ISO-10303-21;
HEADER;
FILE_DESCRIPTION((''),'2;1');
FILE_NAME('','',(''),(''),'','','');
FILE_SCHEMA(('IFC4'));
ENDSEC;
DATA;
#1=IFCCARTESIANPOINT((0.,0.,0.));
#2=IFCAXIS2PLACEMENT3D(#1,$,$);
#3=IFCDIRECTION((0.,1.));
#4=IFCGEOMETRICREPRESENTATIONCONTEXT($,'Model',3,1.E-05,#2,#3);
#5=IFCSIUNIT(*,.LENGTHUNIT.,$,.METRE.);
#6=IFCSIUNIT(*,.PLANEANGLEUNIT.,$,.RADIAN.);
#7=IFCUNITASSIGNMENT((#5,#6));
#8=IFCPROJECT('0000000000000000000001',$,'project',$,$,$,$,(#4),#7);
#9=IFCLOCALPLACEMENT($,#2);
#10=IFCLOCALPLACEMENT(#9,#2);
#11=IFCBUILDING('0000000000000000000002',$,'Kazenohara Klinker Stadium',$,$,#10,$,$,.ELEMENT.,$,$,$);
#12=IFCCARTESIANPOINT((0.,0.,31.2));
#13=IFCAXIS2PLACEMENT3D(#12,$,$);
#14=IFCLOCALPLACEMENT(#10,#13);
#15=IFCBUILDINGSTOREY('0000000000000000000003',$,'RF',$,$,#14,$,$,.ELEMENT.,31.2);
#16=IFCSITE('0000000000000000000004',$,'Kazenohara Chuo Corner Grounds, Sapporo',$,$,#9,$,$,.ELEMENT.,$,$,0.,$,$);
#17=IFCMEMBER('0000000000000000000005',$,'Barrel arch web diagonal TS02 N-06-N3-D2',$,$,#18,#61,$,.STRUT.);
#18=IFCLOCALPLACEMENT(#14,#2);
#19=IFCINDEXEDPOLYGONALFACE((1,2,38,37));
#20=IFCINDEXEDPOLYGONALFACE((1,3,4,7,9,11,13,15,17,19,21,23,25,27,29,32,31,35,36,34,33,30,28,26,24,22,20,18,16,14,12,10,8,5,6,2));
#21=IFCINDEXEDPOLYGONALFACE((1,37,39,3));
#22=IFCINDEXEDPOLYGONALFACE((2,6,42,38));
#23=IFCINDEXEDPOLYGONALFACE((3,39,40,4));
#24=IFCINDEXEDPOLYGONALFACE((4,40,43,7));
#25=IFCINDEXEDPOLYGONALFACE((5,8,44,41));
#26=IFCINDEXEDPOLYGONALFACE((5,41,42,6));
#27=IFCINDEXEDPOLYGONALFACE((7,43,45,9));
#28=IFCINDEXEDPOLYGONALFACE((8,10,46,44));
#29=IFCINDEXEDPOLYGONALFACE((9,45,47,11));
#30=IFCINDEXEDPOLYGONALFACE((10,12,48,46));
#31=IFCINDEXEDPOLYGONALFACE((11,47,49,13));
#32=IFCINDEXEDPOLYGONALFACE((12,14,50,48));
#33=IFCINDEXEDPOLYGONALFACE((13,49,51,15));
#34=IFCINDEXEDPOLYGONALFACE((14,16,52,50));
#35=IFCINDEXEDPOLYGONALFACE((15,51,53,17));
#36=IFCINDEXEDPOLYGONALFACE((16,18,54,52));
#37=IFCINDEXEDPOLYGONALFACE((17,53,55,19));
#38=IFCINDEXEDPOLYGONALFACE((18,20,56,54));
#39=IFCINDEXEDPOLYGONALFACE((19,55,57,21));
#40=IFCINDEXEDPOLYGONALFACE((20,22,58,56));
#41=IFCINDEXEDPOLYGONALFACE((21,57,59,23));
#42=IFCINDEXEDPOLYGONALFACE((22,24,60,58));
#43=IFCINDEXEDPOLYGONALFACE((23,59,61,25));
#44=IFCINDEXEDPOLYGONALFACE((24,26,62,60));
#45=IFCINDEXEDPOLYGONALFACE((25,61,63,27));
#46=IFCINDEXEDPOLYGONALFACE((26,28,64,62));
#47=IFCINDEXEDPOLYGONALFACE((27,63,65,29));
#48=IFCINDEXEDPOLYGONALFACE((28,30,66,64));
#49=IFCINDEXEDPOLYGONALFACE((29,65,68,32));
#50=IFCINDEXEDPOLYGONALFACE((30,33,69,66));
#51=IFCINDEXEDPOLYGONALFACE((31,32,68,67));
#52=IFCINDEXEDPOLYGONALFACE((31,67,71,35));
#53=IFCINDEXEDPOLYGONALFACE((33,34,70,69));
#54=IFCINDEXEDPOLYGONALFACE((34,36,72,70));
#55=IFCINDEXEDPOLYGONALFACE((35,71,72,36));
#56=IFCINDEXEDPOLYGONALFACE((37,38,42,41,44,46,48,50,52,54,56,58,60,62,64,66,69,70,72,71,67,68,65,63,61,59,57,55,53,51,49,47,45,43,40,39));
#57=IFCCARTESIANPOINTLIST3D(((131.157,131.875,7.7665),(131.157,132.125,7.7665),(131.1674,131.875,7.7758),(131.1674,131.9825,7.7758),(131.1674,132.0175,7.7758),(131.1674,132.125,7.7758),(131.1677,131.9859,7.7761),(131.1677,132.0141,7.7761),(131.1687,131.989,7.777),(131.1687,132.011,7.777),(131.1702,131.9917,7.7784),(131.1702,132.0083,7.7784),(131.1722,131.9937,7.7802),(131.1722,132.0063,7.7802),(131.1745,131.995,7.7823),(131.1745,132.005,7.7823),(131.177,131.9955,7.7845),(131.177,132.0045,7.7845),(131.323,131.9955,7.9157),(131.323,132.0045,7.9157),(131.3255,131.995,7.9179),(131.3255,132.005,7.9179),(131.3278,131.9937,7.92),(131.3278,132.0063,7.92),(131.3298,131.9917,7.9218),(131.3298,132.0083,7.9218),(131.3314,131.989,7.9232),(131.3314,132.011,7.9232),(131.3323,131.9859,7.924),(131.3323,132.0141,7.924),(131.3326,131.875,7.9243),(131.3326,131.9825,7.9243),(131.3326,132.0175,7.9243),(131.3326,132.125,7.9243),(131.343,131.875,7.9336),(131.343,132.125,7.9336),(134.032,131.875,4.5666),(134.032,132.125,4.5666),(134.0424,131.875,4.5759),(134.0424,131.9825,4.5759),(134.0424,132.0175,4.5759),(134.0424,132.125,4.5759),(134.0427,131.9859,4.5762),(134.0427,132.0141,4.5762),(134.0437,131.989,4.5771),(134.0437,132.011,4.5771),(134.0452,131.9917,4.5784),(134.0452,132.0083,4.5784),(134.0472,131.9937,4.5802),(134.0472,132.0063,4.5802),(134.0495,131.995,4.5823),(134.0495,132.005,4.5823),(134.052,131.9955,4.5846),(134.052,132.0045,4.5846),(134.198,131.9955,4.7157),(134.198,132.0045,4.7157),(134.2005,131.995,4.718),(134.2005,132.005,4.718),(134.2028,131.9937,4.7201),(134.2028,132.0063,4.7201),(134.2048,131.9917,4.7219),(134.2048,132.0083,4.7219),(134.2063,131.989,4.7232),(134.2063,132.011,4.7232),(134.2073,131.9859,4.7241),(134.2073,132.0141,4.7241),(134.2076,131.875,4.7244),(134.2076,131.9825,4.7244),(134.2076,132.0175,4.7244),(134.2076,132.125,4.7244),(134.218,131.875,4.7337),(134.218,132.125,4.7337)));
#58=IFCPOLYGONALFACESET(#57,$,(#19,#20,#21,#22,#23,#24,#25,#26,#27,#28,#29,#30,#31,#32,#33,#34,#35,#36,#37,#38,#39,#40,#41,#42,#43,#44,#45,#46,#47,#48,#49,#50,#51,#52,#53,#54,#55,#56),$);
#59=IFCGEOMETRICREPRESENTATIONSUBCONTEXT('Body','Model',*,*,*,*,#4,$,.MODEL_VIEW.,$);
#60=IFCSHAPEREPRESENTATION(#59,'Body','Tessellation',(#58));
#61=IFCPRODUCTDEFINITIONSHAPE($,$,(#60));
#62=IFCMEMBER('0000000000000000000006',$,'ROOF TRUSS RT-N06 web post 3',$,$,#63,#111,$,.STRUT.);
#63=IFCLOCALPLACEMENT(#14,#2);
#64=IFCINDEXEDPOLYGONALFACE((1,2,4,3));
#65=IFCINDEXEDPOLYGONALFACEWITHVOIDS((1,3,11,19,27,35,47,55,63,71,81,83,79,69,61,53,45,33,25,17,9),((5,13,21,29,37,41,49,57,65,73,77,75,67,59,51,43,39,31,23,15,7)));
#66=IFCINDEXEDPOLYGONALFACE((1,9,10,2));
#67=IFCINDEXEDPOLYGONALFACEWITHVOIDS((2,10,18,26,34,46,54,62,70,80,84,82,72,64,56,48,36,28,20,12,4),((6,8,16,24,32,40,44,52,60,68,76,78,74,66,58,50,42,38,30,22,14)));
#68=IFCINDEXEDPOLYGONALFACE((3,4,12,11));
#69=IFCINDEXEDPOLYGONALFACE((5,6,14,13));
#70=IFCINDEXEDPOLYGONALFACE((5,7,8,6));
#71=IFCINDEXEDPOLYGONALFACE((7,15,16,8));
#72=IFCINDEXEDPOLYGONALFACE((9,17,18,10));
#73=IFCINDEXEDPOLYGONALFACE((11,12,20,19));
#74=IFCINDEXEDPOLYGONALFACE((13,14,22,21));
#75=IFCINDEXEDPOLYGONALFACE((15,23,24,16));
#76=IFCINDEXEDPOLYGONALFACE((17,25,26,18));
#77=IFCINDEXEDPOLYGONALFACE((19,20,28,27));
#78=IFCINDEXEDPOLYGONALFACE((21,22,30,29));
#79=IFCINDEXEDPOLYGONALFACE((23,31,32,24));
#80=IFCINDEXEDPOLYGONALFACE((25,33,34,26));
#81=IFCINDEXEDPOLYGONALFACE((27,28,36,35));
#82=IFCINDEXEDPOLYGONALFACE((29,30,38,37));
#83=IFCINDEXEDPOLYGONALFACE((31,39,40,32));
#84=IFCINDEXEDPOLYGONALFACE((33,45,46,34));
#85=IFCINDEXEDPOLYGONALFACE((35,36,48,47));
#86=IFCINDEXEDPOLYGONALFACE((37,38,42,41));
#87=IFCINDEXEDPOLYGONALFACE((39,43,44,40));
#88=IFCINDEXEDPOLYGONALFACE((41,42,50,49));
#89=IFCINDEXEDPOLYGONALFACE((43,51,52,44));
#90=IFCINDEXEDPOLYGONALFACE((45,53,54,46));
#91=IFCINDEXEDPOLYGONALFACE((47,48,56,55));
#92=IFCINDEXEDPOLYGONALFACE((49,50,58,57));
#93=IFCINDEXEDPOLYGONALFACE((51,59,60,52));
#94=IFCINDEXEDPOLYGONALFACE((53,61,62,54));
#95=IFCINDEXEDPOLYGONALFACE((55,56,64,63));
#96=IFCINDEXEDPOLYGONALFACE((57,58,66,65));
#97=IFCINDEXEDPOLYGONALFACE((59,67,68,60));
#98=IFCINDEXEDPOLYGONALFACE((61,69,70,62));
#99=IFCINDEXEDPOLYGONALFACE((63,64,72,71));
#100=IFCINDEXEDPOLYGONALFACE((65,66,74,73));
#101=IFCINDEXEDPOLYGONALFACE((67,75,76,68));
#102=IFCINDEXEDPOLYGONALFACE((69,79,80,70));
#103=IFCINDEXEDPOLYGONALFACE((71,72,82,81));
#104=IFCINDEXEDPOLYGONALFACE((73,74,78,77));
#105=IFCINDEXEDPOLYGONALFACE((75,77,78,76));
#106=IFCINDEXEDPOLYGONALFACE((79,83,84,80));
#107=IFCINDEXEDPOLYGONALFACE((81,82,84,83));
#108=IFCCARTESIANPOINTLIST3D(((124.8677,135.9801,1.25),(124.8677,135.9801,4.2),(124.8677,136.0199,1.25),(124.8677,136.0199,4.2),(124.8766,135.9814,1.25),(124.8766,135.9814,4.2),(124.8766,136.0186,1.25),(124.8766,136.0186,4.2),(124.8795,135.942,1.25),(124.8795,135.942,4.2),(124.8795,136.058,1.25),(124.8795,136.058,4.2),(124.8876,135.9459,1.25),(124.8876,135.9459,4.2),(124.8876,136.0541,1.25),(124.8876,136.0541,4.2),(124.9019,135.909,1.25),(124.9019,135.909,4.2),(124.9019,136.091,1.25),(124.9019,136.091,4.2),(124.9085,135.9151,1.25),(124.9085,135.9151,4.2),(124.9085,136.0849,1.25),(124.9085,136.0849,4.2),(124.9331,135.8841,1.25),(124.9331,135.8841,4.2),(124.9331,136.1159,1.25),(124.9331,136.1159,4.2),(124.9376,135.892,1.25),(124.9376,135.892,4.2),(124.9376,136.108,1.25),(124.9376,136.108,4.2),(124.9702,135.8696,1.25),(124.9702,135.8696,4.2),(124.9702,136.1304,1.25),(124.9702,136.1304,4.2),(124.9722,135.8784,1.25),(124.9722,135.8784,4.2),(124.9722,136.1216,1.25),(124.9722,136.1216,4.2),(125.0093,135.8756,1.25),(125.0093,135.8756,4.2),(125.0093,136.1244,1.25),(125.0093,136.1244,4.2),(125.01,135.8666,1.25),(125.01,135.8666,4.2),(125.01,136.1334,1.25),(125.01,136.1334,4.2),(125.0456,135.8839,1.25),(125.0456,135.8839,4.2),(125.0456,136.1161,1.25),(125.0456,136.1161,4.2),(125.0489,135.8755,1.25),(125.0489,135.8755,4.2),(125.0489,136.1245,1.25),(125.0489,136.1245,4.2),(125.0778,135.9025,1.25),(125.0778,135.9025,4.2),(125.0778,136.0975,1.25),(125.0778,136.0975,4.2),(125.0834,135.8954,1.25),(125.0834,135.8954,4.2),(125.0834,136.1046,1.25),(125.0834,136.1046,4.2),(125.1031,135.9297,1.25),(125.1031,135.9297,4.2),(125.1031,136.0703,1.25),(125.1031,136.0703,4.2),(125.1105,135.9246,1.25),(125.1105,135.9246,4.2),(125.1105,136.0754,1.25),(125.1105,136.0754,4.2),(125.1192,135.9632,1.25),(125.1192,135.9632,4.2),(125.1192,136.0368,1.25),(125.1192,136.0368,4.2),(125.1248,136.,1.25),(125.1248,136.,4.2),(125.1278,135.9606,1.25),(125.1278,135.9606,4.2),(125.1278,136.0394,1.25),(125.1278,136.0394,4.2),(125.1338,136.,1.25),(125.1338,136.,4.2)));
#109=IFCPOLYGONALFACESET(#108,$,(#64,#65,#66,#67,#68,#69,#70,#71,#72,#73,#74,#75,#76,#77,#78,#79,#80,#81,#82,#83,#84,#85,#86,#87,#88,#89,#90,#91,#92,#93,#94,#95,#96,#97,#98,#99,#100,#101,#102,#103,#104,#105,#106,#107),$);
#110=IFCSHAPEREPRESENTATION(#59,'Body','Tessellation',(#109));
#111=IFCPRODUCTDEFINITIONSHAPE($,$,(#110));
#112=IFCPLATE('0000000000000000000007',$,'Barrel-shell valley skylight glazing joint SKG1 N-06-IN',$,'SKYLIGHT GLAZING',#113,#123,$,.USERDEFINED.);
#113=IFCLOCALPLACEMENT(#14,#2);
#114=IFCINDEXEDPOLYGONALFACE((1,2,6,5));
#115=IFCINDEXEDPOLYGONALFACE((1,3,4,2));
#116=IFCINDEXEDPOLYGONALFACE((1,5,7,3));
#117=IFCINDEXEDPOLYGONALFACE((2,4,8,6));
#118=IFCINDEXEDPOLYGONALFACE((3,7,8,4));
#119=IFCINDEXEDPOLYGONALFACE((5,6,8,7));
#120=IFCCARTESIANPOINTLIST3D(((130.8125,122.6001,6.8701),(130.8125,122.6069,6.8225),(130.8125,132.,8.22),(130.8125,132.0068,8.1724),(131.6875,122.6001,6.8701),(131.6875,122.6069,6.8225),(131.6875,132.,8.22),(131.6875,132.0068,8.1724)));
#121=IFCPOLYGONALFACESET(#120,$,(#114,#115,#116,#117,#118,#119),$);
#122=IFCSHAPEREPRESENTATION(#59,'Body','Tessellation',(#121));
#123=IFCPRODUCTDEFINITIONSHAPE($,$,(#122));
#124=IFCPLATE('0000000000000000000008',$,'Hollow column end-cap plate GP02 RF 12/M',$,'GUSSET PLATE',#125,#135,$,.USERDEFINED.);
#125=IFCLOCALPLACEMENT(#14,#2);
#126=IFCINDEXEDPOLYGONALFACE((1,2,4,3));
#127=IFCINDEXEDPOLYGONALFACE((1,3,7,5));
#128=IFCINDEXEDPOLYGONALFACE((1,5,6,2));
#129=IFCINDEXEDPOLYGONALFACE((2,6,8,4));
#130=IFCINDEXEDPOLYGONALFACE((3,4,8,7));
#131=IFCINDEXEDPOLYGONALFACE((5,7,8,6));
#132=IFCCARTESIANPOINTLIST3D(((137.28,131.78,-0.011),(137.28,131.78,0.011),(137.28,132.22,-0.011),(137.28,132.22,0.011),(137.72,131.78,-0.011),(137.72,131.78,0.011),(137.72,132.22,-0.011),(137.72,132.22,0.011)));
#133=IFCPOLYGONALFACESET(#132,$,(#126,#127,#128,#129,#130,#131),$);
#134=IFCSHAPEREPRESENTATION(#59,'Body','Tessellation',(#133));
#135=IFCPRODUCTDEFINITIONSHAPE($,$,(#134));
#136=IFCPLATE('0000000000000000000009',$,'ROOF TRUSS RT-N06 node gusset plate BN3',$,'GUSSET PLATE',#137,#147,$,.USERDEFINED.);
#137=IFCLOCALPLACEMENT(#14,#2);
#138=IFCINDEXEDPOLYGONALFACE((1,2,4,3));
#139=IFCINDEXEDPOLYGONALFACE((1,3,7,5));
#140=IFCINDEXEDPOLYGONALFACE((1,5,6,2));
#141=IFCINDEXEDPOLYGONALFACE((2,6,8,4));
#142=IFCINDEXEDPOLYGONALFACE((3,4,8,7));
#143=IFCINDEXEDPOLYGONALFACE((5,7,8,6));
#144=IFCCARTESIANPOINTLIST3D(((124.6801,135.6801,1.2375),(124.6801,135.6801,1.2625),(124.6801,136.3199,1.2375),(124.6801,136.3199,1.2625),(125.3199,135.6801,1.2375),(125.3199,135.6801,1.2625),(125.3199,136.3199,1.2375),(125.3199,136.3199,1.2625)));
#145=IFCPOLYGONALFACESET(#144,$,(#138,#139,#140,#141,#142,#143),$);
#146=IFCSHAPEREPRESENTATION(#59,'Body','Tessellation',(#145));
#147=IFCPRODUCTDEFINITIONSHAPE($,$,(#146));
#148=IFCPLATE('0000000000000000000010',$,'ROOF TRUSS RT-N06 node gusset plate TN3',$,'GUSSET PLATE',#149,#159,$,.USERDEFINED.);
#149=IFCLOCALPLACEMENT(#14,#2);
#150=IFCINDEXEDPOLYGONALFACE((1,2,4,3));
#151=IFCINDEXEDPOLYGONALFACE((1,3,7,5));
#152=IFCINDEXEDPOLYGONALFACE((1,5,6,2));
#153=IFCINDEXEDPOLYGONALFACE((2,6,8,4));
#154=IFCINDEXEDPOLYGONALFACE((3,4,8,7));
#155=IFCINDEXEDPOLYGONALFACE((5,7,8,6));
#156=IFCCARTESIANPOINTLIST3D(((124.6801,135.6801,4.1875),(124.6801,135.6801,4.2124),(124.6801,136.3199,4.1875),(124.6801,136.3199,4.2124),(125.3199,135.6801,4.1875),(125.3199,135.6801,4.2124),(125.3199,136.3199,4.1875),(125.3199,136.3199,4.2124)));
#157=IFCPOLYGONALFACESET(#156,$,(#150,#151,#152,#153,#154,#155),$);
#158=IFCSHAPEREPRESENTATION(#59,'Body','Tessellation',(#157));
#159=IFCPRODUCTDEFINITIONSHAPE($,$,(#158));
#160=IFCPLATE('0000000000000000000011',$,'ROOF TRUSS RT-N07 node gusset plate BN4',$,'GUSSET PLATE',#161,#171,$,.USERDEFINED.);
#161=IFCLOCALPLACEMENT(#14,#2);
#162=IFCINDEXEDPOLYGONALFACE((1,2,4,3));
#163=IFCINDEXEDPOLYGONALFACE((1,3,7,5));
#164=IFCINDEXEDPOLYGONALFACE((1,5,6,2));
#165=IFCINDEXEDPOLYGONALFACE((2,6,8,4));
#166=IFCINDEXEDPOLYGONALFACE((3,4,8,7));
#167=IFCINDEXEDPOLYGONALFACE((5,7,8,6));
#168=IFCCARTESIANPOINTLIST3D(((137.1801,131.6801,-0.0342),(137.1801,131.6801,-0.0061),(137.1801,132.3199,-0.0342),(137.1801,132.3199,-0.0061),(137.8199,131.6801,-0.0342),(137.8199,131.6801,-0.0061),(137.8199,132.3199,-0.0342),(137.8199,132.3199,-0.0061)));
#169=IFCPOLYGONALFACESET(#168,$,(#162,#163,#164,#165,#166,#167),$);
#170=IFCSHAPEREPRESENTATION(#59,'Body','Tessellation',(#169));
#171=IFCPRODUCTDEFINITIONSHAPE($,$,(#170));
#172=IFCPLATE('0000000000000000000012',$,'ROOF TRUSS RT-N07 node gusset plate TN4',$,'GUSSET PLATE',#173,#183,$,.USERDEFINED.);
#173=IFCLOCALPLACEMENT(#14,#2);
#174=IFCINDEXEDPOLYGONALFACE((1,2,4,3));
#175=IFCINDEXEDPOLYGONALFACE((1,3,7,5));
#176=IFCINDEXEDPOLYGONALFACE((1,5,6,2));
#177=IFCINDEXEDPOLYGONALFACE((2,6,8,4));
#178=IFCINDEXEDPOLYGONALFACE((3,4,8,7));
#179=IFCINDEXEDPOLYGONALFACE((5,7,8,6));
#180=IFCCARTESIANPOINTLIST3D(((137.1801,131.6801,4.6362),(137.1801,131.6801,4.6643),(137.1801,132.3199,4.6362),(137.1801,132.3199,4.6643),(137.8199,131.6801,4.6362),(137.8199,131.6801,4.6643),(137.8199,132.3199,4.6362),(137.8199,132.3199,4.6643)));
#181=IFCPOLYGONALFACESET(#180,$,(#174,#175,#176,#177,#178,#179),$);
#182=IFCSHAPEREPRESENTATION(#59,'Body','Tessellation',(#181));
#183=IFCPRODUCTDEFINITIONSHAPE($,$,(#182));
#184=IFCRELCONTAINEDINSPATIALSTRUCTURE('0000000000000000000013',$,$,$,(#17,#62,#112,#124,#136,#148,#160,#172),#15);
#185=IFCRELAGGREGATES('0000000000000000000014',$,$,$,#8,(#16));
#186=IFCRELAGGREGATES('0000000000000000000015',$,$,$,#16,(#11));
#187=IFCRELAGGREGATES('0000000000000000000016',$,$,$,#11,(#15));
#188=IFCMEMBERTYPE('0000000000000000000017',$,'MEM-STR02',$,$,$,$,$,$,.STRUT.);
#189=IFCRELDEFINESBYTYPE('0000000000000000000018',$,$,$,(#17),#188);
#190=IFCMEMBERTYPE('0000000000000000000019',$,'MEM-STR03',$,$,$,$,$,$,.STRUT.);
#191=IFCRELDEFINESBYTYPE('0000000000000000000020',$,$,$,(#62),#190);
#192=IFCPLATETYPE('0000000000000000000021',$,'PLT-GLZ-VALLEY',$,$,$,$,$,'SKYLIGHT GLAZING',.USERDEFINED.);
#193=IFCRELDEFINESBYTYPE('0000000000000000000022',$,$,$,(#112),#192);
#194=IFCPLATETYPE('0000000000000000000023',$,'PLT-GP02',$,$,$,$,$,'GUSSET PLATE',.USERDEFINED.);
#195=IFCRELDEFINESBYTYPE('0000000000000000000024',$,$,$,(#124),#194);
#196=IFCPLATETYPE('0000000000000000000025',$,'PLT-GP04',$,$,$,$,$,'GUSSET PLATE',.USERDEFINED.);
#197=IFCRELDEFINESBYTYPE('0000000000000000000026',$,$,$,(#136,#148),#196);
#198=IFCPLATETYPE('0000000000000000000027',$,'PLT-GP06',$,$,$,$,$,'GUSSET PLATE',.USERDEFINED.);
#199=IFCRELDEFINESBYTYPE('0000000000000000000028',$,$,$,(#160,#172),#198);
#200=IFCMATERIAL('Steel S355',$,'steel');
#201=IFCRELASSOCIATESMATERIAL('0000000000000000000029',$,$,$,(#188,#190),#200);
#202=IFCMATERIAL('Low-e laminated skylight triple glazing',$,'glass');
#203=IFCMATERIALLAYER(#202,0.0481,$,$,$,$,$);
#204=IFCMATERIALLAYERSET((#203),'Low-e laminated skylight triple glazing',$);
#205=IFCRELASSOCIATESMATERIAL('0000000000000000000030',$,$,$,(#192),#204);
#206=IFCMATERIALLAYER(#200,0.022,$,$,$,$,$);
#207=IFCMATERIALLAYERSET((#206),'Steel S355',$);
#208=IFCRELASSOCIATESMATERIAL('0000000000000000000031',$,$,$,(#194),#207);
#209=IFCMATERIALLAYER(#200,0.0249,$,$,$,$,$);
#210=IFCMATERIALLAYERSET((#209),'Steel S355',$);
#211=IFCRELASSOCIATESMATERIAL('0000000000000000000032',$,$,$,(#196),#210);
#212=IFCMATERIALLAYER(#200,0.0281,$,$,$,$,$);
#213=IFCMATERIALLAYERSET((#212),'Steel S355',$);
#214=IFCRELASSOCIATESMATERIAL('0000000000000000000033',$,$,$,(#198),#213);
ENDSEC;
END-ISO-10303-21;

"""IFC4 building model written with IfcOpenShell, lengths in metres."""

from ifc_helpers import new_model, si_unit, direction, frame, origin, origin_2d, place, context, subcontext, project, spatial, polyline, rectangle, hollow_circle, i_section, outline, extrude, material, layer, layer_set, material_profile, profile_set, type_object, element, save


model = new_model("IFC4")

# Units and contexts
model_context = context("Model", 3, precision=1e-05, world=origin(), true_north=direction((0.0, 1.0)))
body_context = subcontext(model_context, "Body", "Model", "MODEL_VIEW")
ifc_project = project(units=[si_unit("LENGTHUNIT", "METRE"), si_unit("PLANEANGLEUNIT", "RADIAN")], contexts=[model_context])

# Site, building, storey
site_placement = place(None, origin())
site = spatial("IfcSite", under=ifc_project, at=site_placement, Name="Kazenohara Chuo Corner Grounds, Sapporo", CompositionType="ELEMENT", RefElevation=0.0)
building_placement = place(site_placement, origin())
building = spatial("IfcBuilding", under=site, at=building_placement, Name="Kazenohara Klinker Stadium", CompositionType="ELEMENT")
storey_placement = place(building_placement, frame((0.0, 0.0, 31.2)))
storey = spatial("IfcBuildingStorey", under=building, at=storey_placement, Name="RF", CompositionType="ELEMENT", Elevation=31.2)

# Members
ifc_material_1 = material(Name="Steel S355", Category="steel")
ifc_material_profile_1 = material_profile(ifc_material_1, i_section(OverallWidth=0.25, OverallDepth=0.25, WebThickness=0.009, FlangeThickness=0.0139, FilletRadius=0.0129, at=origin_2d()), Name="H-250x250x9x14")
ifc_profile_set_1 = profile_set([ifc_material_profile_1], Name="Steel S355")
member_type_1 = type_object("IfcMemberType", Name="MEM-STR02", PredefinedType="STRUT", material=ifc_profile_set_1)
for number, where, z_axis, x_axis, name in (
    (1, (134.125, 132.0, 4.6501), (-0.668328, 0.0, 0.743867), (0.0, -1.0, 0.0), "Barrel arch web diagonal TS02 N-06-N3-D2"),
):
    element("IfcMember", number, at=place(storey_placement, frame(where, z_axis=z_axis, x_axis=x_axis)), inside=storey, type_object=member_type_1, Name=name, PredefinedType="STRUT", context=body_context, shape_type="SweptSolid", body=[
        extrude(i_section(OverallWidth=0.25, OverallDepth=0.25, WebThickness=0.009, FlangeThickness=0.0139, FilletRadius=0.0129, at=origin_2d()), origin(), (0.0, 0.0, 1.0), 4.3018),
    ])
ifc_material_profile_2 = material_profile(ifc_material_1, hollow_circle(Radius=0.1338, WallThickness=0.009, at=origin_2d()), Name="CHS-267.4x9")
ifc_profile_set_2 = profile_set([ifc_material_profile_2], Name="Steel S355")
member_type_2 = type_object("IfcMemberType", Name="MEM-STR03", PredefinedType="STRUT", material=ifc_profile_set_2)
member_1_placement = place(storey_placement, frame((125.0, 136.0, 1.25), z_axis=(0.0, 0.0, 1.0), x_axis=(1.0, 0.0, 0.0)))
element("IfcMember", 2, at=member_1_placement, inside=storey, type_object=member_type_2, Name="ROOF TRUSS RT-N06 web post 3", PredefinedType="STRUT", context=body_context, shape_type="SweptSolid", body=[
    extrude(hollow_circle(Radius=0.1338, WallThickness=0.009, at=origin_2d()), origin(), (0.0, 0.0, 1.0), 2.95),
])

# Plates
ifc_material_2 = material(Name="Low-e laminated skylight triple glazing", Category="glass")
ifc_layer_1 = layer(ifc_material_2, 0.0481)
ifc_layer_set_1 = layer_set([ifc_layer_1], Name="Low-e laminated skylight triple glazing")
plate_type_1 = type_object("IfcPlateType", Name="PLT-GLZ-VALLEY", ElementType="SKYLIGHT GLAZING", PredefinedType="USERDEFINED", material=ifc_layer_set_1)
plate_1_placement = place(storey_placement, frame((130.8125, 132.0, 8.22), z_axis=(0.0, -0.142145, 0.989846), x_axis=(0.0, -0.989846, -0.142145)))
element("IfcPlate", 3, at=plate_1_placement, inside=storey, type_object=plate_type_1, Name="Barrel-shell valley skylight glazing joint SKG1 N-06-IN", ObjectType="SKYLIGHT GLAZING", PredefinedType="USERDEFINED", context=body_context, shape_type="SweptSolid", body=[
    extrude(outline(polyline([(0.0, 0.0), (9.4963, 0.0), (9.4963, 0.875), (0.0, 0.875), (0.0, 0.0)])), origin(), (0.0, 0.0, -1.0), 0.0481),
])
ifc_layer_2 = layer(ifc_material_1, 0.022)
ifc_layer_set_2 = layer_set([ifc_layer_2], Name="Steel S355")
plate_type_2 = type_object("IfcPlateType", Name="PLT-GP02", ElementType="GUSSET PLATE", PredefinedType="USERDEFINED", material=ifc_layer_set_2)
plate_2_placement = place(storey_placement, frame((137.5, 132.0, -0.011), z_axis=(0.0, 0.0, 1.0), x_axis=(1.0, 0.0, 0.0)))
element("IfcPlate", 4, at=plate_2_placement, inside=storey, type_object=plate_type_2, Name="Hollow column end-cap plate GP02 RF 12/M", ObjectType="GUSSET PLATE", PredefinedType="USERDEFINED", context=body_context, shape_type="SweptSolid", body=[
    extrude(rectangle(XDim=0.4399, YDim=0.4399, at=origin_2d()), origin(), (0.0, 0.0, 1.0), 0.022),
])
ifc_layer_3 = layer(ifc_material_1, 0.0249)
ifc_layer_set_3 = layer_set([ifc_layer_3], Name="Steel S355")
plate_type_3 = type_object("IfcPlateType", Name="PLT-GP04", ElementType="GUSSET PLATE", PredefinedType="USERDEFINED", material=ifc_layer_set_3)
for number, where, z_axis, x_axis, name in (
    (5, (125.0, 136.0, 1.2375), (0.0, 0.0, 1.0), (1.0, 0.0, 0.0), "ROOF TRUSS RT-N06 node gusset plate BN3"),
    (6, (125.0, 136.0, 4.1875), (0.0, 0.0, 1.0), (1.0, 0.0, 0.0), "ROOF TRUSS RT-N06 node gusset plate TN3"),
):
    element("IfcPlate", number, at=place(storey_placement, frame(where, z_axis=z_axis, x_axis=x_axis)), inside=storey, type_object=plate_type_3, Name=name, ObjectType="GUSSET PLATE", PredefinedType="USERDEFINED", context=body_context, shape_type="SweptSolid", body=[
        extrude(rectangle(XDim=0.6399, YDim=0.6399, at=origin_2d()), origin(), (0.0, 0.0, 1.0), 0.0249),
    ])
ifc_layer_4 = layer(ifc_material_1, 0.0281)
ifc_layer_set_4 = layer_set([ifc_layer_4], Name="Steel S355")
plate_type_4 = type_object("IfcPlateType", Name="PLT-GP06", ElementType="GUSSET PLATE", PredefinedType="USERDEFINED", material=ifc_layer_set_4)
for number, where, z_axis, x_axis, name in (
    (7, (137.5, 132.0, -0.0342), (0.0, 0.0, 1.0), (1.0, 0.0, 0.0), "ROOF TRUSS RT-N07 node gusset plate BN4"),
    (8, (137.5, 132.0, 4.6362), (0.0, 0.0, 1.0), (1.0, 0.0, 0.0), "ROOF TRUSS RT-N07 node gusset plate TN4"),
):
    element("IfcPlate", number, at=place(storey_placement, frame(where, z_axis=z_axis, x_axis=x_axis)), inside=storey, type_object=plate_type_4, Name=name, ObjectType="GUSSET PLATE", PredefinedType="USERDEFINED", context=body_context, shape_type="SweptSolid", body=[
        extrude(rectangle(XDim=0.6399, YDim=0.6399, at=origin_2d()), origin(), (0.0, 0.0, 1.0), 0.0281),
    ])

save(model, "model.ifc")
